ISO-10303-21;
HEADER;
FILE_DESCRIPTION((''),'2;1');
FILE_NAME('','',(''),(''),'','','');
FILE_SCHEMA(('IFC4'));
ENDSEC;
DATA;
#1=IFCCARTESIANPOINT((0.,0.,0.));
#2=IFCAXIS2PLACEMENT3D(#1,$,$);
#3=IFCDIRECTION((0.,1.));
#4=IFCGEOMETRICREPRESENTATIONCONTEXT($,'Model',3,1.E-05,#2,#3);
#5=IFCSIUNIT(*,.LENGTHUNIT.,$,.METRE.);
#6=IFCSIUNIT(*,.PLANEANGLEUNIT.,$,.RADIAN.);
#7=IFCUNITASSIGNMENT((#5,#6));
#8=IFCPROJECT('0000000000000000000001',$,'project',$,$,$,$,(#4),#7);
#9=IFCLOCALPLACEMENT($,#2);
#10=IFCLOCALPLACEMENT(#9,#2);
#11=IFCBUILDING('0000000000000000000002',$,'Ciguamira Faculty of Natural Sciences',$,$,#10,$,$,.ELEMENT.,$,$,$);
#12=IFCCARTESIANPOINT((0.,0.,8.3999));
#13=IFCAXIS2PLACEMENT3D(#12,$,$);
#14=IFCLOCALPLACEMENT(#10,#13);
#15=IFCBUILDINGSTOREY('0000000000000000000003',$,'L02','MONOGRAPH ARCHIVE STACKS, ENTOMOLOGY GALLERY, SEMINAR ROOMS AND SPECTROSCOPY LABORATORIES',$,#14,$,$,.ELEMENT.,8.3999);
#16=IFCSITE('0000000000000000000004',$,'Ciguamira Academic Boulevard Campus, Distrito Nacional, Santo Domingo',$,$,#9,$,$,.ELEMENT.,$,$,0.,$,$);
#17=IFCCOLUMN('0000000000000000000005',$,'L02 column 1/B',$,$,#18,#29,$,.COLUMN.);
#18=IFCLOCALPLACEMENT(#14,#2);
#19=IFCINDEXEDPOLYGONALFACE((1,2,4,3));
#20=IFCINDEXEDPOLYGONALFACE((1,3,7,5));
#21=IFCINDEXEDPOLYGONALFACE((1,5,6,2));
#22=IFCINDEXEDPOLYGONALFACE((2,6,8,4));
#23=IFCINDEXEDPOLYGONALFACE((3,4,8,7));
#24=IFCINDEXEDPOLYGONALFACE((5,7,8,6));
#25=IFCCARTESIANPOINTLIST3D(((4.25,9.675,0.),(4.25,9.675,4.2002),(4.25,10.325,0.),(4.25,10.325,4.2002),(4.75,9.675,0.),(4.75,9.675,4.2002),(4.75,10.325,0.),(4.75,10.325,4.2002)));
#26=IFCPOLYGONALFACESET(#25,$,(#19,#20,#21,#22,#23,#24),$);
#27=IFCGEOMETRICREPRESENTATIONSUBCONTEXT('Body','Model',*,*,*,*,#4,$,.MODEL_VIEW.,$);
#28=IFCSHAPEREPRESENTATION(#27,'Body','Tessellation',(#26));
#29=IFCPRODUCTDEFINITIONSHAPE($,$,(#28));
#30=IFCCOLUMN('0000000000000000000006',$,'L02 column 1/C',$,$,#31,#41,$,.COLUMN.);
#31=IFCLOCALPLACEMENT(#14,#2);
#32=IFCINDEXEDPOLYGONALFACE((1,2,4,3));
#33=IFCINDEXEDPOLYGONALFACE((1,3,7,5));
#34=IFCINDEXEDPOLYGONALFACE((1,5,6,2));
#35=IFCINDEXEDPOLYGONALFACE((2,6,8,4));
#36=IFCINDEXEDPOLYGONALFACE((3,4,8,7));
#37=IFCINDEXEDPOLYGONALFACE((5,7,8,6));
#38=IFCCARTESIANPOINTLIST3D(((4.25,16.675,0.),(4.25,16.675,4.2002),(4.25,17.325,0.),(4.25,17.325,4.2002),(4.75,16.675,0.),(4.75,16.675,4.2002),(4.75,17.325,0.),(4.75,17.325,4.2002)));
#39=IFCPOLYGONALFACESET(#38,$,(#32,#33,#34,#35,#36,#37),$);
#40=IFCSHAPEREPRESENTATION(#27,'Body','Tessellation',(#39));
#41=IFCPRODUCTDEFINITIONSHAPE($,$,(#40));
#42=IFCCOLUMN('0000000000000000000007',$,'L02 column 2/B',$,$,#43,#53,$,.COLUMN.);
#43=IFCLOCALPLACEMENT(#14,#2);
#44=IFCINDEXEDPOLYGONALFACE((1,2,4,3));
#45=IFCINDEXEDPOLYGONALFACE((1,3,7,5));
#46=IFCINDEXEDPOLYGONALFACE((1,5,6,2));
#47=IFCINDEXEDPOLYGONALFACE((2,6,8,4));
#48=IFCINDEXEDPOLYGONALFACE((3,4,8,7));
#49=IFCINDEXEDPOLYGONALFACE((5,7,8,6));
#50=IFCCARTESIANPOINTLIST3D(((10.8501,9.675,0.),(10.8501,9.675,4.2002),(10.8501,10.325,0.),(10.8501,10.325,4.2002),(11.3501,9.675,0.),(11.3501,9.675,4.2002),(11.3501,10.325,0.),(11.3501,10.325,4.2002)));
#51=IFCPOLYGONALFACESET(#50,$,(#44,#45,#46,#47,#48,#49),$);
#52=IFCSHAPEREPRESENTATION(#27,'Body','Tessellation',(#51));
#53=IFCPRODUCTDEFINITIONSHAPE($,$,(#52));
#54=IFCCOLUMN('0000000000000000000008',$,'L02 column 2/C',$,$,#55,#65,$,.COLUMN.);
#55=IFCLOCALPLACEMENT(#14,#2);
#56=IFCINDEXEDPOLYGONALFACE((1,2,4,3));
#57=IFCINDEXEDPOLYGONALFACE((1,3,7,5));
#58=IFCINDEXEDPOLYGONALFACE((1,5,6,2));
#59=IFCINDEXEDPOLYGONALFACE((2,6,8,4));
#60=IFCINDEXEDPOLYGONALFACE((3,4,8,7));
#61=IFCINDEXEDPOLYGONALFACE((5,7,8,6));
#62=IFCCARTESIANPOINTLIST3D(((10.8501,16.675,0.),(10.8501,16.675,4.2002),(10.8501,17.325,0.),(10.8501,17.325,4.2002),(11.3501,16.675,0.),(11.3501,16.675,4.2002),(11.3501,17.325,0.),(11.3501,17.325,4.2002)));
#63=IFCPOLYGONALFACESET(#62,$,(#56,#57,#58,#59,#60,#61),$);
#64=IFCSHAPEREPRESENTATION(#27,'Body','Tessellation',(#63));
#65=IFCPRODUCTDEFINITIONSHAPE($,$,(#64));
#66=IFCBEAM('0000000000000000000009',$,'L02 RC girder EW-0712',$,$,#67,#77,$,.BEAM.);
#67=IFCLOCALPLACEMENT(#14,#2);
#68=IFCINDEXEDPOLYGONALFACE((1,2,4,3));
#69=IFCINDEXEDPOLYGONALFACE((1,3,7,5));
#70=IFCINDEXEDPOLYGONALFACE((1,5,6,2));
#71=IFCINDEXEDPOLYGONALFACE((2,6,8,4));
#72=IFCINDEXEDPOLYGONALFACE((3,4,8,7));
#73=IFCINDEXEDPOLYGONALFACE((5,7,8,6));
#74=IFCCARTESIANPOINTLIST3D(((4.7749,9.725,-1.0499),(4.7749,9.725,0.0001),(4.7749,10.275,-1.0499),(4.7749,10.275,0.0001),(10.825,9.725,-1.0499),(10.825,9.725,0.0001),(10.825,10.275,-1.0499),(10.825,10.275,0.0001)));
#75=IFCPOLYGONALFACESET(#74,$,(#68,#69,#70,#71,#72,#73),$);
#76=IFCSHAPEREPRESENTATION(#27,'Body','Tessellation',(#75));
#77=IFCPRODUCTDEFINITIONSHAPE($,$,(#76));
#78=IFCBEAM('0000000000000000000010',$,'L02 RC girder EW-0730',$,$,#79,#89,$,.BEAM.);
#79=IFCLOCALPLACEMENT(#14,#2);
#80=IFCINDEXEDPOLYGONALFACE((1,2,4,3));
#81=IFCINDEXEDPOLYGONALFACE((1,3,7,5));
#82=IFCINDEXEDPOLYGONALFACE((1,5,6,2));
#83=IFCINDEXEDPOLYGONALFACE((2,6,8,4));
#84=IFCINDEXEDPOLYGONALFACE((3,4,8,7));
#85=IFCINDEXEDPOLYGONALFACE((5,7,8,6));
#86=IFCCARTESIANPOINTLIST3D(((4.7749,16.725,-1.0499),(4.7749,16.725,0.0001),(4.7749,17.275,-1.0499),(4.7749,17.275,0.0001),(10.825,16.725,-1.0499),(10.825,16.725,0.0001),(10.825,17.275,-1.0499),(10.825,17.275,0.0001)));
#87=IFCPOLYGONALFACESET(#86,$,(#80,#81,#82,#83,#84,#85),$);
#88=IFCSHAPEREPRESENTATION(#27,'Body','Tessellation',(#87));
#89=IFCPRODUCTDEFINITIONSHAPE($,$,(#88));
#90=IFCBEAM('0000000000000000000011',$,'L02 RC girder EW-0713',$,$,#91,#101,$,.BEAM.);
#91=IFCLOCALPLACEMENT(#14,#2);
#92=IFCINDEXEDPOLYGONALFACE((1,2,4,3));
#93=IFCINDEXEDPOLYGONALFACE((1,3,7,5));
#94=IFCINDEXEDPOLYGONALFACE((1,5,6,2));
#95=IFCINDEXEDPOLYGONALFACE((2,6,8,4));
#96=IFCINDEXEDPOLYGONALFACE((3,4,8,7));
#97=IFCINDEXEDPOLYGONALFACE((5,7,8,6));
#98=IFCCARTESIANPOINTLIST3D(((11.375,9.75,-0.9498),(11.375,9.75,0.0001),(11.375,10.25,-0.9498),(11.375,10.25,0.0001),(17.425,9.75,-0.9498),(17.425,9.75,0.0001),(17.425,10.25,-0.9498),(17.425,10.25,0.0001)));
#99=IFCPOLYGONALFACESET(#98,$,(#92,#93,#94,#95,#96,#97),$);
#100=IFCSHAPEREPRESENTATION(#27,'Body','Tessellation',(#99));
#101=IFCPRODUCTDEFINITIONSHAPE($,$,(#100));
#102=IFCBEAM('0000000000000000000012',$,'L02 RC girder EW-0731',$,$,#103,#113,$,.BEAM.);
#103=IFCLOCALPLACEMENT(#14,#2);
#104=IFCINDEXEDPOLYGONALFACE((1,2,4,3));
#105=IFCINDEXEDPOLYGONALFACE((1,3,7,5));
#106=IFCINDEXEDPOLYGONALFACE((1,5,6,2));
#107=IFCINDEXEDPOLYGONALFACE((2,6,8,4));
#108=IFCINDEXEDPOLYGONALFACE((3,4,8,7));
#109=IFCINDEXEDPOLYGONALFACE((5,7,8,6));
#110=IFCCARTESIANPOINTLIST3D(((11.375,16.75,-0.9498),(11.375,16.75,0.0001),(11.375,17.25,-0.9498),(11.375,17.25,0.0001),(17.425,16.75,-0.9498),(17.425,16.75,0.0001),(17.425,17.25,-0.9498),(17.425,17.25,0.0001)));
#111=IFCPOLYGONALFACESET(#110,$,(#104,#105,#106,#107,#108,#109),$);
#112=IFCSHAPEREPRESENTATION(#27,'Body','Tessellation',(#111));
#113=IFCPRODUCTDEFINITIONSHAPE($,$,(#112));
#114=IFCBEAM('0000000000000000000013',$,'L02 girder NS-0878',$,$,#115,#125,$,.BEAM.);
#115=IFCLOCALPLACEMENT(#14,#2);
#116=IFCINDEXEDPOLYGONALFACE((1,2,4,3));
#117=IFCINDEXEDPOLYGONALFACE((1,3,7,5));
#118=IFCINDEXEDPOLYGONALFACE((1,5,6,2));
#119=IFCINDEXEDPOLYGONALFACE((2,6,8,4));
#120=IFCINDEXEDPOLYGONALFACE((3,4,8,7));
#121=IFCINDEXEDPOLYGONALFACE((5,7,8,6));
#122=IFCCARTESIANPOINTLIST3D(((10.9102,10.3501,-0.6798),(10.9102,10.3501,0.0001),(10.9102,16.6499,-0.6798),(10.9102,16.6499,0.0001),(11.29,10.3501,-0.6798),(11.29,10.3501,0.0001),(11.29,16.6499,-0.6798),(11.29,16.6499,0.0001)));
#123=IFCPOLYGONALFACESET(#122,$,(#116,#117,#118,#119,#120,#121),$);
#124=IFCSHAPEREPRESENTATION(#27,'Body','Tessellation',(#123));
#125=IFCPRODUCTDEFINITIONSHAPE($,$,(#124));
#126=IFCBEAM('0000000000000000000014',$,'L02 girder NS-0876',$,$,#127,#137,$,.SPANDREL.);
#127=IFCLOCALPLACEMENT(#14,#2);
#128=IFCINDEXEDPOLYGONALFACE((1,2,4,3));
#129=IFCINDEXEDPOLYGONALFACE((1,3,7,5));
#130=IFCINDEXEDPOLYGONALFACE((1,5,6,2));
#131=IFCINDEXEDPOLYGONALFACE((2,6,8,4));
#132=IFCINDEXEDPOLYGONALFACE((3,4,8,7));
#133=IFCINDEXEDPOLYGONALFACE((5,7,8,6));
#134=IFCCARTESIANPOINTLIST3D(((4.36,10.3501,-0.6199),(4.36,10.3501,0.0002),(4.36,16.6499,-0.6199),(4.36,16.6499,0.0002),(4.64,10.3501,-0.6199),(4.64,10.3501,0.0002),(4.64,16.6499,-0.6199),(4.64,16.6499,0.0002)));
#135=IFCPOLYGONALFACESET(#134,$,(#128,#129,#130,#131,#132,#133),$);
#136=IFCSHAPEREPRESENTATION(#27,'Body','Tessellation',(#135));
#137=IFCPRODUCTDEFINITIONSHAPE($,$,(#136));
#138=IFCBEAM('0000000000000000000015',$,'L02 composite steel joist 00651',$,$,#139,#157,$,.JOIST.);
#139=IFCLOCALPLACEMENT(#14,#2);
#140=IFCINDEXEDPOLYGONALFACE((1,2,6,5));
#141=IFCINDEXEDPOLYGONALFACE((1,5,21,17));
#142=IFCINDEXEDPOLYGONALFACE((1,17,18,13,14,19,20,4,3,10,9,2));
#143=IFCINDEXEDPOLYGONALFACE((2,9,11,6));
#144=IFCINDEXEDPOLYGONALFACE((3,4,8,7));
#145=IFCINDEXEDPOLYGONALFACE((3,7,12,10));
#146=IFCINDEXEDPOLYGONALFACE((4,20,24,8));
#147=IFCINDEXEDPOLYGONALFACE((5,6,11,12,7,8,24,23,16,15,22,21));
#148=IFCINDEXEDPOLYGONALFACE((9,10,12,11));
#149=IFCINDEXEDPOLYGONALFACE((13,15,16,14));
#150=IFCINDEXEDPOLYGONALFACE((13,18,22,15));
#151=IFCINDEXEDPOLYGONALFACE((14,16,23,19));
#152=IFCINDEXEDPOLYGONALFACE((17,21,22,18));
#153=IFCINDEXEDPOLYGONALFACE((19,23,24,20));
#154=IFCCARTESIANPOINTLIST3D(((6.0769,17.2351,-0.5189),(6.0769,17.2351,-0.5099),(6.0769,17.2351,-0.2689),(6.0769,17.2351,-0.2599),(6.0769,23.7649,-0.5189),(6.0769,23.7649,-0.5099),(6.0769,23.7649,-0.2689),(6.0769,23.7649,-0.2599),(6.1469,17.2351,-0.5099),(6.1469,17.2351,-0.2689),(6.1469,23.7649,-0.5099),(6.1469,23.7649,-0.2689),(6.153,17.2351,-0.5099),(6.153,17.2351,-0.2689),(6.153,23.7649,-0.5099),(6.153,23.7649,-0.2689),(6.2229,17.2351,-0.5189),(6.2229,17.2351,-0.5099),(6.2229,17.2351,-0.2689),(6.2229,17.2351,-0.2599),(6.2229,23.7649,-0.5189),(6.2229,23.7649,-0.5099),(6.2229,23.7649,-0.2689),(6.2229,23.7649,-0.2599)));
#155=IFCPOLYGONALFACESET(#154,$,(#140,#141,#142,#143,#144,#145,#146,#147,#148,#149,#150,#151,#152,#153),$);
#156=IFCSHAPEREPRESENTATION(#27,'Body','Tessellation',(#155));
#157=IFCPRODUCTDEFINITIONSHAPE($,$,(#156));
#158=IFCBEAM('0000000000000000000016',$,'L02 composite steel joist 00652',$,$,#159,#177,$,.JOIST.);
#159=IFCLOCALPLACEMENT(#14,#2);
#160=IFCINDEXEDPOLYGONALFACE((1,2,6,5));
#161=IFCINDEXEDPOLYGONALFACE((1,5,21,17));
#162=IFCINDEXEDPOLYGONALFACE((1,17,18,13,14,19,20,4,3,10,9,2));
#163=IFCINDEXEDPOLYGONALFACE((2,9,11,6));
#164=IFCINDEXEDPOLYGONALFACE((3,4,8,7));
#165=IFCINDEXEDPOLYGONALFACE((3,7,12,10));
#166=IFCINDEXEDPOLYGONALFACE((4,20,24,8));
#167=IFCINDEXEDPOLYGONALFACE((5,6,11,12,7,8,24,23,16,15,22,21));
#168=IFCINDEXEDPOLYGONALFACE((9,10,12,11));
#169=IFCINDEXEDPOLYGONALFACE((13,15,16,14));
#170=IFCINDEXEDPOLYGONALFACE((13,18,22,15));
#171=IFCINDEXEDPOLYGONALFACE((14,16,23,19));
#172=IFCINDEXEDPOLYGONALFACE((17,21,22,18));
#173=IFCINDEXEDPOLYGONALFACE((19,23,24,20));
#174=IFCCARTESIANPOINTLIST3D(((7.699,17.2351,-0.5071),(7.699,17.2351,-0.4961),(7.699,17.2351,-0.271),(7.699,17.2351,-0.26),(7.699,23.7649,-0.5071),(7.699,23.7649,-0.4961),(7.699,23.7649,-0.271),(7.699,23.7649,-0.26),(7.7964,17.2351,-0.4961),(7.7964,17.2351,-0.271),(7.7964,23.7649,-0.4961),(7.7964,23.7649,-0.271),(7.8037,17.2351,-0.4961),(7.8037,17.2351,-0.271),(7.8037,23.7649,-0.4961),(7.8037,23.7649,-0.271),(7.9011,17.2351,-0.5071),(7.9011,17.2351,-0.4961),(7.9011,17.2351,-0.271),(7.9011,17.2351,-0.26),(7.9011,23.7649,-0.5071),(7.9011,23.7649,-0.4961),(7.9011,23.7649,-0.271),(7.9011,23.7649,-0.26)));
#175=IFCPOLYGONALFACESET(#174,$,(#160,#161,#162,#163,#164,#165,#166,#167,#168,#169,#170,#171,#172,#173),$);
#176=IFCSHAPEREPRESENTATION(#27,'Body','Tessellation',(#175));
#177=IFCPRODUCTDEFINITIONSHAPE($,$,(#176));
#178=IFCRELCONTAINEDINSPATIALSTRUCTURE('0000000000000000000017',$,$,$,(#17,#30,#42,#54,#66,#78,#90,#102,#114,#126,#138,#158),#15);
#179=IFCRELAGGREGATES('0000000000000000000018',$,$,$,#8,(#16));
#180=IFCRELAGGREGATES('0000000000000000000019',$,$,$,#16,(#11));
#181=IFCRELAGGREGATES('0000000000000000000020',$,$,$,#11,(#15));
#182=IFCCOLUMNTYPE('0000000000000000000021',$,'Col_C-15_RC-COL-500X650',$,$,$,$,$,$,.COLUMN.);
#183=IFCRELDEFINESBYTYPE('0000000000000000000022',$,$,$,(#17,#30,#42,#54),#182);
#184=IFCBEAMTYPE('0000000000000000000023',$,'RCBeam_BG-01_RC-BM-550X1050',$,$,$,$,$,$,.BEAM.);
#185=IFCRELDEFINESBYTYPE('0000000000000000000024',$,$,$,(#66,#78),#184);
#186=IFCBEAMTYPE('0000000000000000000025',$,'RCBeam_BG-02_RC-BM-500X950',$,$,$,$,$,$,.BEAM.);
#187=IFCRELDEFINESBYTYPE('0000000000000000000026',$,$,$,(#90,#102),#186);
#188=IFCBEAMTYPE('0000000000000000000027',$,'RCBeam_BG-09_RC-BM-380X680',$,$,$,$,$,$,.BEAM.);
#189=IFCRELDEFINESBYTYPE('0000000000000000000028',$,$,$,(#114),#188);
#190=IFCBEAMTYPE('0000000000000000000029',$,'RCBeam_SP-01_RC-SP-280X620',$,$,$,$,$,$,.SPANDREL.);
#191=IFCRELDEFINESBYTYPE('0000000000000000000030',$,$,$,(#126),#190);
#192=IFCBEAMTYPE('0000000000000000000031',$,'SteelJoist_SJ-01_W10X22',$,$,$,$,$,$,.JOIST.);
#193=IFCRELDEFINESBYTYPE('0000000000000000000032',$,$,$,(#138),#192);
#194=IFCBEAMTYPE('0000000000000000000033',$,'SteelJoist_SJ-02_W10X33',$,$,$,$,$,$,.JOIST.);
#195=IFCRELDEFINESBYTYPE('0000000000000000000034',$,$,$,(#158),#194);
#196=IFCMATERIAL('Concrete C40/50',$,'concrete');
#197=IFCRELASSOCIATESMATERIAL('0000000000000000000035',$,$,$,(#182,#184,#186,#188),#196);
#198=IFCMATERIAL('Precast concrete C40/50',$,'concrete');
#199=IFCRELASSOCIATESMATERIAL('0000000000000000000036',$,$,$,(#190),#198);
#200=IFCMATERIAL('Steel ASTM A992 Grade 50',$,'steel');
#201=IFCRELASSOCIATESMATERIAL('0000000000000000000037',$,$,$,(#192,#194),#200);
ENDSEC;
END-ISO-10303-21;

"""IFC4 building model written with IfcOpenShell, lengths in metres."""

from ifc_helpers import new_model, si_unit, direction, frame, origin, origin_2d, place, context, subcontext, project, spatial, rectangle, i_section, extrude, material, material_profile, profile_set, type_object, element, save


model = new_model("IFC4")

# Units and contexts
model_context = context("Model", 3, precision=1e-05, world=origin(), true_north=direction((0.0, 1.0)))
body_context = subcontext(model_context, "Body", "Model", "MODEL_VIEW")
ifc_project = project(units=[si_unit("LENGTHUNIT", "METRE"), si_unit("PLANEANGLEUNIT", "RADIAN")], contexts=[model_context])

# Site, building, storey
site_placement = place(None, origin())
site = spatial("IfcSite", under=ifc_project, at=site_placement, Name="Ciguamira Academic Boulevard Campus, Distrito Nacional, Santo Domingo", CompositionType="ELEMENT", RefElevation=0.0)
building_placement = place(site_placement, origin())
building = spatial("IfcBuilding", under=site, at=building_placement, Name="Ciguamira Faculty of Natural Sciences", CompositionType="ELEMENT")
storey_placement = place(building_placement, frame((0.0, 0.0, 8.3999)))
storey = spatial("IfcBuildingStorey", under=building, at=storey_placement, Name="L02", Description="MONOGRAPH ARCHIVE STACKS, ENTOMOLOGY GALLERY, SEMINAR ROOMS AND SPECTROSCOPY LABORATORIES", CompositionType="ELEMENT", Elevation=8.3999)

# Columns
ifc_material_1 = material(Name="Concrete C40/50", Category="concrete")
ifc_material_profile_1 = material_profile(ifc_material_1, rectangle(XDim=0.5, YDim=0.6499, at=origin_2d()), Name="RC-COL-500X650")
ifc_profile_set_1 = profile_set([ifc_material_profile_1], Name="Concrete C40/50")
column_type = type_object("IfcColumnType", Name="Col_C-15_RC-COL-500X650", PredefinedType="COLUMN", material=ifc_profile_set_1)
for number, where, z_axis, x_axis, name in (
    (1, (4.5, 10.0, 0.0), (0.0, 0.0, 1.0), (1.0, 0.0, 0.0), "L02 column 1/B"),
    (2, (4.5, 17.0, 0.0), (0.0, 0.0, 1.0), (1.0, 0.0, 0.0), "L02 column 1/C"),
    (3, (11.1001, 10.0, 0.0), (0.0, 0.0, 1.0), (1.0, 0.0, 0.0), "L02 column 2/B"),
    (4, (11.1001, 17.0, 0.0), (0.0, 0.0, 1.0), (1.0, 0.0, 0.0), "L02 column 2/C"),
):
    element("IfcColumn", number, at=place(storey_placement, frame(where, z_axis=z_axis, x_axis=x_axis)), inside=storey, type_object=column_type, Name=name, PredefinedType="COLUMN", context=body_context, shape_type="SweptSolid", body=[
        extrude(rectangle(XDim=0.5, YDim=0.6499, at=origin_2d()), origin(), (0.0, 0.0, 1.0), 4.2002),
    ])

# Beams
ifc_material_profile_2 = material_profile(ifc_material_1, rectangle(XDim=0.55, YDim=1.05, at=origin_2d()), Name="RC-BM-550X1050")
ifc_profile_set_2 = profile_set([ifc_material_profile_2], Name="Concrete C40/50")
beam_type_1 = type_object("IfcBeamType", Name="RCBeam_BG-01_RC-BM-550X1050", PredefinedType="BEAM", material=ifc_profile_set_2)
for number, where, z_axis, x_axis, name in (
    (5, (4.7749, 10.0, -0.5249), (1.0, 0.0, 0.0), (0.0, 1.0, 0.0), "L02 RC girder EW-0712"),
    (6, (4.7749, 17.0, -0.5249), (1.0, 0.0, 0.0), (0.0, 1.0, 0.0), "L02 RC girder EW-0730"),
):
    element("IfcBeam", number, at=place(storey_placement, frame(where, z_axis=z_axis, x_axis=x_axis)), inside=storey, type_object=beam_type_1, Name=name, PredefinedType="BEAM", context=body_context, shape_type="SweptSolid", body=[
        extrude(rectangle(XDim=0.55, YDim=1.05, at=origin_2d()), origin(), (0.0, 0.0, 1.0), 6.05),
    ])
ifc_material_profile_3 = material_profile(ifc_material_1, rectangle(XDim=0.5, YDim=0.95, at=origin_2d()), Name="RC-BM-500X950")
ifc_profile_set_3 = profile_set([ifc_material_profile_3], Name="Concrete C40/50")
beam_type_2 = type_object("IfcBeamType", Name="RCBeam_BG-02_RC-BM-500X950", PredefinedType="BEAM", material=ifc_profile_set_3)
for number, where, z_axis, x_axis, name in (
    (7, (11.375, 10.0, -0.4749), (1.0, 0.0, 0.0), (0.0, 1.0, 0.0), "L02 RC girder EW-0713"),
    (8, (11.375, 17.0, -0.4749), (1.0, 0.0, 0.0), (0.0, 1.0, 0.0), "L02 RC girder EW-0731"),
):
    element("IfcBeam", number, at=place(storey_placement, frame(where, z_axis=z_axis, x_axis=x_axis)), inside=storey, type_object=beam_type_2, Name=name, PredefinedType="BEAM", context=body_context, shape_type="SweptSolid", body=[
        extrude(rectangle(XDim=0.5, YDim=0.95, at=origin_2d()), origin(), (0.0, 0.0, 1.0), 6.05),
    ])
ifc_material_profile_4 = material_profile(ifc_material_1, rectangle(XDim=0.3799, YDim=0.6799, at=origin_2d()), Name="RC-BM-380X680")
ifc_profile_set_4 = profile_set([ifc_material_profile_4], Name="Concrete C40/50")
beam_type_3 = type_object("IfcBeamType", Name="RCBeam_BG-09_RC-BM-380X680", PredefinedType="BEAM", material=ifc_profile_set_4)
beam_1_placement = place(storey_placement, frame((11.1001, 10.3501, -0.3398), z_axis=(0.0, 1.0, 0.0), x_axis=(-1.0, 0.0, 0.0)))
element("IfcBeam", 9, at=beam_1_placement, inside=storey, type_object=beam_type_3, Name="L02 girder NS-0878", PredefinedType="BEAM", context=body_context, shape_type="SweptSolid", body=[
    extrude(rectangle(XDim=0.3799, YDim=0.6799, at=origin_2d()), origin(), (0.0, 0.0, 1.0), 6.2998),
])
ifc_material_2 = material(Name="Precast concrete C40/50", Category="concrete")
ifc_material_profile_5 = material_profile(ifc_material_2, rectangle(XDim=0.28, YDim=0.6201, at=origin_2d()), Name="RC-SP-280X620")
ifc_profile_set_5 = profile_set([ifc_material_profile_5], Name="Precast concrete C40/50")
beam_type_4 = type_object("IfcBeamType", Name="RCBeam_SP-01_RC-SP-280X620", PredefinedType="SPANDREL", material=ifc_profile_set_5)
beam_2_placement = place(storey_placement, frame((4.5, 10.3501, -0.3098), z_axis=(0.0, 1.0, 0.0), x_axis=(-1.0, 0.0, 0.0)))
element("IfcBeam", 10, at=beam_2_placement, inside=storey, type_object=beam_type_4, Name="L02 girder NS-0876", PredefinedType="SPANDREL", context=body_context, shape_type="SweptSolid", body=[
    extrude(rectangle(XDim=0.28, YDim=0.6201, at=origin_2d()), origin(), (0.0, 0.0, 1.0), 6.2998),
])
ifc_material_3 = material(Name="Steel ASTM A992 Grade 50", Category="steel")
ifc_material_profile_6 = material_profile(ifc_material_3, i_section(OverallWidth=0.146, OverallDepth=0.259, WebThickness=0.0061, FlangeThickness=0.009, at=origin_2d()), Name="W10X22")
ifc_profile_set_6 = profile_set([ifc_material_profile_6], Name="Steel ASTM A992 Grade 50")
beam_type_5 = type_object("IfcBeamType", Name="SteelJoist_SJ-01_W10X22", PredefinedType="JOIST", material=ifc_profile_set_6)
beam_3_placement = place(storey_placement, frame((6.1499, 17.2351, -0.3894), z_axis=(0.0, 1.0, 0.0), x_axis=(-1.0, 0.0, 0.0)))
element("IfcBeam", 11, at=beam_3_placement, inside=storey, type_object=beam_type_5, Name="L02 composite steel joist 00651", PredefinedType="JOIST", context=body_context, shape_type="SweptSolid", body=[
    extrude(i_section(OverallWidth=0.146, OverallDepth=0.259, WebThickness=0.0061, FlangeThickness=0.009, at=origin_2d()), origin(), (0.0, 0.0, 1.0), 6.5298),
])
ifc_material_profile_7 = material_profile(ifc_material_3, i_section(OverallWidth=0.2021, OverallDepth=0.2471, WebThickness=0.0073, FlangeThickness=0.011, at=origin_2d()), Name="W10X33")
ifc_profile_set_7 = profile_set([ifc_material_profile_7], Name="Steel ASTM A992 Grade 50")
beam_type_6 = type_object("IfcBeamType", Name="SteelJoist_SJ-02_W10X33", PredefinedType="JOIST", material=ifc_profile_set_7)
beam_4_placement = place(storey_placement, frame((7.8, 17.2351, -0.3835), z_axis=(0.0, 1.0, 0.0), x_axis=(-1.0, 0.0, 0.0)))
element("IfcBeam", 12, at=beam_4_placement, inside=storey, type_object=beam_type_6, Name="L02 composite steel joist 00652", PredefinedType="JOIST", context=body_context, shape_type="SweptSolid", body=[
    extrude(i_section(OverallWidth=0.2021, OverallDepth=0.2471, WebThickness=0.0073, FlangeThickness=0.011, at=origin_2d()), origin(), (0.0, 0.0, 1.0), 6.5298),
])

save(model, "model.ifc")
